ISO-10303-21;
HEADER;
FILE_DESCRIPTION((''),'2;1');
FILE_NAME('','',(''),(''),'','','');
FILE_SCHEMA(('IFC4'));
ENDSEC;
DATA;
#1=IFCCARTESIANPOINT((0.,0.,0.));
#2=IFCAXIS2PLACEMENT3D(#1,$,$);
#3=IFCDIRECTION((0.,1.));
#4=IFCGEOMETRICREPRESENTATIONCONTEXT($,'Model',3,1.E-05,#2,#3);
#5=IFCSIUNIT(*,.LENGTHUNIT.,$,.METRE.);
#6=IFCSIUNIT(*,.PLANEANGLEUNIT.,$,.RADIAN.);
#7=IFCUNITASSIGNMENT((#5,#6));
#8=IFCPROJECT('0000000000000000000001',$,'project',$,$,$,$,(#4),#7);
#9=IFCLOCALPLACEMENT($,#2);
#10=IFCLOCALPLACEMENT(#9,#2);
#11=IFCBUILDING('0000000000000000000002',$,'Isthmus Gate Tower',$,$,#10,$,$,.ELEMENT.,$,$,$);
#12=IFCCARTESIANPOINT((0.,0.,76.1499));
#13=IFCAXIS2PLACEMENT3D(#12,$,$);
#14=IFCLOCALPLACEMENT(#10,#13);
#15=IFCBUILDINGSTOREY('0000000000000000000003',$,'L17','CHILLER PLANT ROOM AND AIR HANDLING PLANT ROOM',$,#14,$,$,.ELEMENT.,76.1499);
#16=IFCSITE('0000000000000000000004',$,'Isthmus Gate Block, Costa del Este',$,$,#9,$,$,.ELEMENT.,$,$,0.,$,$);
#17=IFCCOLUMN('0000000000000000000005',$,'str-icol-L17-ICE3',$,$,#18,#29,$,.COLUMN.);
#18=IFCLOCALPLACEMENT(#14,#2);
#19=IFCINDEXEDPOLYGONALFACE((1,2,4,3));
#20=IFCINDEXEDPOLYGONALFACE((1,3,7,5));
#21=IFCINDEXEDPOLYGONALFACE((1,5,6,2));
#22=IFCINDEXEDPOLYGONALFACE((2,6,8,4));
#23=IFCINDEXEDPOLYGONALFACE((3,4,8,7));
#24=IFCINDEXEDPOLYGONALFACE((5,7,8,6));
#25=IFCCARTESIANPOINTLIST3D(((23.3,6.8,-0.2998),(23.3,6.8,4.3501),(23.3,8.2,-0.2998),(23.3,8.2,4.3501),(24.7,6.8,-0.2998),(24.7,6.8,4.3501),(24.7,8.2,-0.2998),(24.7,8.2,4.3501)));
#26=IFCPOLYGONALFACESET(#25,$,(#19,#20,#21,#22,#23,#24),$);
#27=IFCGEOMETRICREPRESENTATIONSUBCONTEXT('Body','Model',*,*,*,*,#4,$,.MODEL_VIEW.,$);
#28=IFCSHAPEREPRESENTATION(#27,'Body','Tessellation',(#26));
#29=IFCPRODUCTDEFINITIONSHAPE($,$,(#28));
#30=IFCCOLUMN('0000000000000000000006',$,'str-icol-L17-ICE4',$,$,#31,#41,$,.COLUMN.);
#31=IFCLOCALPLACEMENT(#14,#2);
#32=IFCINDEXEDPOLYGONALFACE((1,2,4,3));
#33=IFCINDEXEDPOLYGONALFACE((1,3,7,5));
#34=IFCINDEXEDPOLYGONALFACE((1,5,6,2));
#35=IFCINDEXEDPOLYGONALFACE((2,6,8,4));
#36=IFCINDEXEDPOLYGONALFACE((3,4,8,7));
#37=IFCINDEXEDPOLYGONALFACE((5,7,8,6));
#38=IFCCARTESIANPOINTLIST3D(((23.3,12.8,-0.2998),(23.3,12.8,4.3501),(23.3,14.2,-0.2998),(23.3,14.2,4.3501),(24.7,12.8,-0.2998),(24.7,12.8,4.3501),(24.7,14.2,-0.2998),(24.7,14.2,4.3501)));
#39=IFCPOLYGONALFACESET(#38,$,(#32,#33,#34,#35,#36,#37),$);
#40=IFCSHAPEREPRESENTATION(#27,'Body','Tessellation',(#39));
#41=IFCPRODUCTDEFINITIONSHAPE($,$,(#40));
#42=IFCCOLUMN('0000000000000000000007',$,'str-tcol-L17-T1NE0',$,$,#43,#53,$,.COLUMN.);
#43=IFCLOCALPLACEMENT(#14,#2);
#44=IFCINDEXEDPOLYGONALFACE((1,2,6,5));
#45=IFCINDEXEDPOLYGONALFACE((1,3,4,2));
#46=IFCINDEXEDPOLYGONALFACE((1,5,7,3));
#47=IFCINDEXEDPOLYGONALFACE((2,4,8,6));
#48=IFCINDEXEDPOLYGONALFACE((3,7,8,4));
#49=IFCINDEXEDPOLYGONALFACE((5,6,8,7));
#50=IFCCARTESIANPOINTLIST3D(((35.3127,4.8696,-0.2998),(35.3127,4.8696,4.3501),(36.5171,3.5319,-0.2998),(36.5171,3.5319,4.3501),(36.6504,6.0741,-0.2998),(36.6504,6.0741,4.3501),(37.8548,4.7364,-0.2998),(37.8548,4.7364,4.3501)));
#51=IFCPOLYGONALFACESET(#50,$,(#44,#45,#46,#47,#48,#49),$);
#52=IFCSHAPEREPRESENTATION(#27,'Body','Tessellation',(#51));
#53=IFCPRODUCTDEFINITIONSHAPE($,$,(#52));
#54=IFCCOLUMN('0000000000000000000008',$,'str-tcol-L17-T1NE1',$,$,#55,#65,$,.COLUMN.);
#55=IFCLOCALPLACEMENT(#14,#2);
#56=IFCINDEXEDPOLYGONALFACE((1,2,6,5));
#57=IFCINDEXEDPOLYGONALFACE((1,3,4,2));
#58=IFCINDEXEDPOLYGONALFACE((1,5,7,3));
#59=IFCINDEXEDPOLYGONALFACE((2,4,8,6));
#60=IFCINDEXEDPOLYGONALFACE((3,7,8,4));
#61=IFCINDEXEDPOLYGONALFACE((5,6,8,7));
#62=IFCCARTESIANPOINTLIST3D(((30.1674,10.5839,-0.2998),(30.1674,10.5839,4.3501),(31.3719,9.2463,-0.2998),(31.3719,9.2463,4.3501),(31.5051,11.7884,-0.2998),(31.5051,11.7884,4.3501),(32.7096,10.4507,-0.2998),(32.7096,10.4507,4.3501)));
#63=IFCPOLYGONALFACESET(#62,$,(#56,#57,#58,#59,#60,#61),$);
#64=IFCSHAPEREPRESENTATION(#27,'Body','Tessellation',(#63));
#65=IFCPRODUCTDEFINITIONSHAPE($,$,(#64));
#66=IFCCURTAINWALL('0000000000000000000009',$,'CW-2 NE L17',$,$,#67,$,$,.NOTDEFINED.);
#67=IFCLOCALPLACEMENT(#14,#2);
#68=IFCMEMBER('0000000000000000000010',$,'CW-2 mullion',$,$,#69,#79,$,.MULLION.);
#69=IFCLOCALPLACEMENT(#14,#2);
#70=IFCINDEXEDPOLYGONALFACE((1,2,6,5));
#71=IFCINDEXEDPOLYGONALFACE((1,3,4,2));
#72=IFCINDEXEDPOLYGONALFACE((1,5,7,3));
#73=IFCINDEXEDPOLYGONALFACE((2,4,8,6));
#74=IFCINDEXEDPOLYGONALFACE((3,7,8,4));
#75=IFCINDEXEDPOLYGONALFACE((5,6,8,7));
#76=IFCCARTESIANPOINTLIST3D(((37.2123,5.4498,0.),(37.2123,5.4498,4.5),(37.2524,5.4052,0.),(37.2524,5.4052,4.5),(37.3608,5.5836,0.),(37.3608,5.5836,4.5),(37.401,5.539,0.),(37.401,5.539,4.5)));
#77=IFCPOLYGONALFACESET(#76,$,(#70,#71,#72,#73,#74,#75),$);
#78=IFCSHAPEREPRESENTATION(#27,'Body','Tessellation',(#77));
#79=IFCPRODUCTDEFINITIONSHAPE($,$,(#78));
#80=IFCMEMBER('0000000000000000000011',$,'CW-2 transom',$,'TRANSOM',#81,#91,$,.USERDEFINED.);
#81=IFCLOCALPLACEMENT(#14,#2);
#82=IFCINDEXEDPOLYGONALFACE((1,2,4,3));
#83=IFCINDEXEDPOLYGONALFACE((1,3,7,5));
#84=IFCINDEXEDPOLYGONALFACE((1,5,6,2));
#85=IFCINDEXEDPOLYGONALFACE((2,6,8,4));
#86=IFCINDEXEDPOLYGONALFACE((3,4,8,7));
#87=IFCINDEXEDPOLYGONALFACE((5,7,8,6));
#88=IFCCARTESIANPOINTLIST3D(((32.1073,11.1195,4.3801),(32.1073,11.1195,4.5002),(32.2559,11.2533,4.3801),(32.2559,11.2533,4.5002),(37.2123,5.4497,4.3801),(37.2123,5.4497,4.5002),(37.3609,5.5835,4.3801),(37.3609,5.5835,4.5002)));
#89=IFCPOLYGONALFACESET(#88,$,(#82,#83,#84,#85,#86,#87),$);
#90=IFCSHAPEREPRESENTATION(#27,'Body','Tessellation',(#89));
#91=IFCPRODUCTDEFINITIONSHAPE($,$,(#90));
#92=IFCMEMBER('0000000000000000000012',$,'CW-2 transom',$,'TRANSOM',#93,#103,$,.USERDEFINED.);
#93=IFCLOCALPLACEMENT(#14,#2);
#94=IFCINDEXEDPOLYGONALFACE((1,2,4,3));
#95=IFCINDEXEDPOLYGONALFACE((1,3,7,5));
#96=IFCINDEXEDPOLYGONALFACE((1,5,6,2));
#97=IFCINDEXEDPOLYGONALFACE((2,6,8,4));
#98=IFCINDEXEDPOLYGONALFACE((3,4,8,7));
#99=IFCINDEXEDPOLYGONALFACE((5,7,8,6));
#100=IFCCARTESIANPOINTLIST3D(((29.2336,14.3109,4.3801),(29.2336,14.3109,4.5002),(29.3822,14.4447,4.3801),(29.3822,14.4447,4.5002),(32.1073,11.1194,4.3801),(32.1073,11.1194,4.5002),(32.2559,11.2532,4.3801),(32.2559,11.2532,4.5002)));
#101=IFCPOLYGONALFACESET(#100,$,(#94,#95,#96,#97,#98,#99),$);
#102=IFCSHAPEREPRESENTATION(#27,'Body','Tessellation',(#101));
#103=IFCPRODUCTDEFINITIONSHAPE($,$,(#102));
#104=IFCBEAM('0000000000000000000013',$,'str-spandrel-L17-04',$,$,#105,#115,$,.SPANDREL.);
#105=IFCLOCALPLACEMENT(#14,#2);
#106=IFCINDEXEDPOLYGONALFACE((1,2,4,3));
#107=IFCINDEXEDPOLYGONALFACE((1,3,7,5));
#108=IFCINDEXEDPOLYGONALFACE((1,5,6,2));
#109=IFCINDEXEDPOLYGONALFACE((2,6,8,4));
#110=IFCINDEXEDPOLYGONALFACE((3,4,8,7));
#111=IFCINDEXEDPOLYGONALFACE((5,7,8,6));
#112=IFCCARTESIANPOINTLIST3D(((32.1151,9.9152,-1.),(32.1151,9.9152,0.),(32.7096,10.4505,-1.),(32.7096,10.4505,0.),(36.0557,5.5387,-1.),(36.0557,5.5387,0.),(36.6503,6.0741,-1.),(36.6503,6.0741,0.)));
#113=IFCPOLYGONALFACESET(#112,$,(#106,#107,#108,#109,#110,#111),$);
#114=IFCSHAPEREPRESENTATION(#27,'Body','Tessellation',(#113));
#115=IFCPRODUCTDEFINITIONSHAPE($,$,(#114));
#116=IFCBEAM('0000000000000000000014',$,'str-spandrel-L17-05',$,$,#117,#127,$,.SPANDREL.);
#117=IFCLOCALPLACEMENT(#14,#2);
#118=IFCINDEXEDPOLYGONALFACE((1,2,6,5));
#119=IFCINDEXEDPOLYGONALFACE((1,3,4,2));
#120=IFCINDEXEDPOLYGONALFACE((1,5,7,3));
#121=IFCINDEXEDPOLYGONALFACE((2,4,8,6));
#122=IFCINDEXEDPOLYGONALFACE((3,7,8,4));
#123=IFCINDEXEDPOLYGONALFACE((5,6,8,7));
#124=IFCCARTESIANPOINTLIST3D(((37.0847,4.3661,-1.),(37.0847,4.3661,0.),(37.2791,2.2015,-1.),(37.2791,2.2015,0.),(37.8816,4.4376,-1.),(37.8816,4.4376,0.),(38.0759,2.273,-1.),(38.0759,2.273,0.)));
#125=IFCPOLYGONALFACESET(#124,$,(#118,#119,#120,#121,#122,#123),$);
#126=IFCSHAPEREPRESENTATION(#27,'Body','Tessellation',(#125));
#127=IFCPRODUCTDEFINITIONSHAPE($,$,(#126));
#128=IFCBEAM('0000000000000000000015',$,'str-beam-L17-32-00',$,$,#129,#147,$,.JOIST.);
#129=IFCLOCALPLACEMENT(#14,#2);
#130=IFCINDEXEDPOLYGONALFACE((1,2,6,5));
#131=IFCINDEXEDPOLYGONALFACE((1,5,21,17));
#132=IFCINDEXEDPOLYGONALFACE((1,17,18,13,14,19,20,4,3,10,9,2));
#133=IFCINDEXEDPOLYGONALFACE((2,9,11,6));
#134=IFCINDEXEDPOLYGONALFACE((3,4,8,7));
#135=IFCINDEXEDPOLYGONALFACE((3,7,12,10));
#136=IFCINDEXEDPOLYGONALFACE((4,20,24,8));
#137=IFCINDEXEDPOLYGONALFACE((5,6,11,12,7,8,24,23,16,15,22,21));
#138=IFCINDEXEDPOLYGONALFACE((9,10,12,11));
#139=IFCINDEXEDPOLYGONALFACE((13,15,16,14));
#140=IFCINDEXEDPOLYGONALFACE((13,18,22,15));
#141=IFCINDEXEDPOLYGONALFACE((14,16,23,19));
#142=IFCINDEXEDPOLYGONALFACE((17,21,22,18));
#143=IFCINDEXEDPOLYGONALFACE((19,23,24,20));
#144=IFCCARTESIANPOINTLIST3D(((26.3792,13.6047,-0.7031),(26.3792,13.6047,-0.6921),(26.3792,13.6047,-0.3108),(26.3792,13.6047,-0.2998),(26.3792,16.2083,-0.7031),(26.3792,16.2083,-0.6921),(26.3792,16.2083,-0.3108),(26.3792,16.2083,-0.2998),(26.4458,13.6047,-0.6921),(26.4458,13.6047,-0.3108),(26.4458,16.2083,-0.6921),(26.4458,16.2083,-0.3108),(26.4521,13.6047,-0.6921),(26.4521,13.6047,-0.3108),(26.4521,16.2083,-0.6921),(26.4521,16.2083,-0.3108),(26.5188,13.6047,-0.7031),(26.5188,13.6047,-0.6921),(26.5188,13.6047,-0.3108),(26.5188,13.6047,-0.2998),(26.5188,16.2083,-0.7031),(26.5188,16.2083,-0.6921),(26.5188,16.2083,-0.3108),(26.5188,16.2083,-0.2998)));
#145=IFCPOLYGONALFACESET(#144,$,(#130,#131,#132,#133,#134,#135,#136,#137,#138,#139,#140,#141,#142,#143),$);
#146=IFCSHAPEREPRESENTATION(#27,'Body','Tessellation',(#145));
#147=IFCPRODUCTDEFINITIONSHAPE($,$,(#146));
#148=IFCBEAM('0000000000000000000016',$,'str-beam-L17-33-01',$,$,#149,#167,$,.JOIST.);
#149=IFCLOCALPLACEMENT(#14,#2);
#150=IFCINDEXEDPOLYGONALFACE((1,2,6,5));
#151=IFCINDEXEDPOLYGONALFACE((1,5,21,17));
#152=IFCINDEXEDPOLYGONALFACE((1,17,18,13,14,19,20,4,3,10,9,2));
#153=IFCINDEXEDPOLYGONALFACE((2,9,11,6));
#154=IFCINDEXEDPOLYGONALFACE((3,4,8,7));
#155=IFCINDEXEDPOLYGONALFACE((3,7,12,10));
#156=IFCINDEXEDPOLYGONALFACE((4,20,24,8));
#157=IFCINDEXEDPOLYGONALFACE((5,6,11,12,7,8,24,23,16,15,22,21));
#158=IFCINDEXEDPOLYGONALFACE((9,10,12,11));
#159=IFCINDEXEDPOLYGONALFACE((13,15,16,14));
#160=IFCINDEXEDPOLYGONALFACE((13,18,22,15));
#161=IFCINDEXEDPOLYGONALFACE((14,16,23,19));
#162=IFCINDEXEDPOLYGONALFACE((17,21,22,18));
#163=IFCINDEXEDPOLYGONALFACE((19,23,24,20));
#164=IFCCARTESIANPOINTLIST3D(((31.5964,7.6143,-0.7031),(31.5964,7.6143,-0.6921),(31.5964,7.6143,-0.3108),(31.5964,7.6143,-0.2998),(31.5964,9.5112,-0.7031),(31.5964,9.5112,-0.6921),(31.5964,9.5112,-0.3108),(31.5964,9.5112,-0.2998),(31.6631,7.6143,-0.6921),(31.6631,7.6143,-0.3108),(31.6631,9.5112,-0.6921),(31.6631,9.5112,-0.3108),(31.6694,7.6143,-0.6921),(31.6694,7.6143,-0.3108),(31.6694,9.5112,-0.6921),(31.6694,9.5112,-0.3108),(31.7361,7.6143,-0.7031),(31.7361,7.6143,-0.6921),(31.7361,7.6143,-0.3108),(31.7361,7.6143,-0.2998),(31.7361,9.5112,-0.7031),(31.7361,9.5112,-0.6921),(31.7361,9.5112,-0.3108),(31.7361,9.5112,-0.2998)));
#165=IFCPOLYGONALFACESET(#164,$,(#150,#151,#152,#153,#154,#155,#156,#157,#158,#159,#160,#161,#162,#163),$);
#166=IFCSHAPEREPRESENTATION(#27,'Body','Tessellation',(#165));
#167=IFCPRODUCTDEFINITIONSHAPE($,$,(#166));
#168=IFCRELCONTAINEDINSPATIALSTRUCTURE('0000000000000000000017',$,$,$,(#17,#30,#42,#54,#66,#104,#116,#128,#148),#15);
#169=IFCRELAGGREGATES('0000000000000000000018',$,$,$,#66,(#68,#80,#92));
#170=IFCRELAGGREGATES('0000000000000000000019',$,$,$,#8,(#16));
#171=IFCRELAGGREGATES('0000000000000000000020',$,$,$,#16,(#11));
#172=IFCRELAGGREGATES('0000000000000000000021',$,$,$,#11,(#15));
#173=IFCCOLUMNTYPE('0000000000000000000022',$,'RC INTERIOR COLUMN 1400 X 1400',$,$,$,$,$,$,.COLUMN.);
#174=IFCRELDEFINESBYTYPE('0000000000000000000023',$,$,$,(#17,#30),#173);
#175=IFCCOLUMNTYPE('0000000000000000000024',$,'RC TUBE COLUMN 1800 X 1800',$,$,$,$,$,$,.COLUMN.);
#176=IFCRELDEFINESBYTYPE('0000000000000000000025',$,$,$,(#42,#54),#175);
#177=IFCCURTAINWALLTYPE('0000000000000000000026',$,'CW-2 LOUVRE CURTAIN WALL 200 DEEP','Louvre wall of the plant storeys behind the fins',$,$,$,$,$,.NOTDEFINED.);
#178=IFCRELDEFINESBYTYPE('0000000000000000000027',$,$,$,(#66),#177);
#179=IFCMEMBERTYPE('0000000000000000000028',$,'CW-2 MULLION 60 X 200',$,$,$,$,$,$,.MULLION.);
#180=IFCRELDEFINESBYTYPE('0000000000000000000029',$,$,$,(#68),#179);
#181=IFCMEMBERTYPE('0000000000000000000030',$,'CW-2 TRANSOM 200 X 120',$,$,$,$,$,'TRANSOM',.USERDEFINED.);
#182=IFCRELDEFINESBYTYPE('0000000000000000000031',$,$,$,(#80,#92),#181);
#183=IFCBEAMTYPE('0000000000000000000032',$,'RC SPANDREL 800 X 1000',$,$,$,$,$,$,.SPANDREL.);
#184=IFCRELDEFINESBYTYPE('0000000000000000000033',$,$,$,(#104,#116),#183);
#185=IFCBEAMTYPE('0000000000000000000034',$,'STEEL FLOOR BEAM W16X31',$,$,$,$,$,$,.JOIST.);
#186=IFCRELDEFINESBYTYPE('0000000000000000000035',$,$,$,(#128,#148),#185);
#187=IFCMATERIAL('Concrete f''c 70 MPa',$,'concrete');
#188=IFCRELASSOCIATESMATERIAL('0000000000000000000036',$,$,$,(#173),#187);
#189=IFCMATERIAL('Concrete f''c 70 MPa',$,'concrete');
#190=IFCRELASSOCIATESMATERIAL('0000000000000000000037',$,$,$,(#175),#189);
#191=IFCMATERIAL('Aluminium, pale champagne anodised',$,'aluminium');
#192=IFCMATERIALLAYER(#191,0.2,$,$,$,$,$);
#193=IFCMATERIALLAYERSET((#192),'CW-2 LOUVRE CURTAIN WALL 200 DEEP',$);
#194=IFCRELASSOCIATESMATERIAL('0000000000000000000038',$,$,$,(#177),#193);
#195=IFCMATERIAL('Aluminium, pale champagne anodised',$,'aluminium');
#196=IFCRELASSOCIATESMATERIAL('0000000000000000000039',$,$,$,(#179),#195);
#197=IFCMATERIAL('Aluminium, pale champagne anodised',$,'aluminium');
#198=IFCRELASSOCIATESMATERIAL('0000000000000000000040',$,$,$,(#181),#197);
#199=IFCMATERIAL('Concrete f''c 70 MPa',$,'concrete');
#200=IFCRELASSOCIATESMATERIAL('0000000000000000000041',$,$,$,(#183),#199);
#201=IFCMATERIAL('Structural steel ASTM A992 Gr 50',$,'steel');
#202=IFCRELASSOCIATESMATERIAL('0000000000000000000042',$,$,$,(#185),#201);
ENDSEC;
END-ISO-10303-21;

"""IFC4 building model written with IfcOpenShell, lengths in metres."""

from ifc_helpers import new_model, si_unit, direction, frame, origin, origin_2d, place, context, subcontext, project, spatial, rectangle, i_section, extrude, material, layer, layer_set, material_profile, profile_set, type_object, element, aggregate, save


model = new_model("IFC4")

# Units and contexts
model_context = context("Model", 3, precision=1e-05, world=origin(), true_north=direction((0.0, 1.0)))
body_context = subcontext(model_context, "Body", "Model", "MODEL_VIEW")
ifc_project = project(units=[si_unit("LENGTHUNIT", "METRE"), si_unit("PLANEANGLEUNIT", "RADIAN")], contexts=[model_context])

# Site, building, storey
site_placement = place(None, origin())
site = spatial("IfcSite", under=ifc_project, at=site_placement, Name="Isthmus Gate Block, Costa del Este", CompositionType="ELEMENT", RefElevation=0.0)
building_placement = place(site_placement, origin())
building = spatial("IfcBuilding", under=site, at=building_placement, Name="Isthmus Gate Tower", CompositionType="ELEMENT")
storey_placement = place(building_placement, frame((0.0, 0.0, 76.1499)))
storey = spatial("IfcBuildingStorey", under=building, at=storey_placement, Name="L17", Description="CHILLER PLANT ROOM AND AIR HANDLING PLANT ROOM", CompositionType="ELEMENT", Elevation=76.1499)

# Columns
ifc_material_1 = material(Name="Concrete f'c 70 MPa", Category="concrete")
ifc_material_profile_1 = material_profile(ifc_material_1, rectangle(XDim=1.3999, YDim=1.3999, at=origin_2d()), Name="RC 1400X1400")
ifc_profile_set_1 = profile_set([ifc_material_profile_1], Name="Concrete f'c 70 MPa")
column_type_1 = type_object("IfcColumnType", Name="RC INTERIOR COLUMN 1400 X 1400", PredefinedType="COLUMN", material=ifc_profile_set_1)
for number, where, z_axis, x_axis, name in (
    (1, (24.0, 7.5, -0.2998), (0.0, 0.0, 1.0), (1.0, 0.0, 0.0), "str-icol-L17-ICE3"),
    (2, (24.0, 13.5, -0.2998), (0.0, 0.0, 1.0), (1.0, 0.0, 0.0), "str-icol-L17-ICE4"),
):
    element("IfcColumn", number, at=place(storey_placement, frame(where, z_axis=z_axis, x_axis=x_axis)), inside=storey, type_object=column_type_1, Name=name, PredefinedType="COLUMN", context=body_context, shape_type="SweptSolid", body=[
        extrude(rectangle(XDim=1.3999, YDim=1.3999, at=origin_2d()), origin(), (0.0, 0.0, 1.0), 4.6499),
    ])
ifc_material_2 = material(Name="Concrete f'c 70 MPa", Category="concrete")
ifc_material_profile_2 = material_profile(ifc_material_2, rectangle(XDim=1.8, YDim=1.8, at=origin_2d()), Name="RC 1800X1800")
ifc_profile_set_2 = profile_set([ifc_material_profile_2], Name="Concrete f'c 70 MPa")
column_type_2 = type_object("IfcColumnType", Name="RC TUBE COLUMN 1800 X 1800", PredefinedType="COLUMN", material=ifc_profile_set_2)
for number, where, z_axis, x_axis, name in (
    (3, (36.5837, 4.803, -0.2998), (0.0, 0.0, 1.0), (-0.669131, 0.743145, 0.0), "str-tcol-L17-T1NE0"),
    (4, (31.4385, 10.5173, -0.2998), (0.0, 0.0, 1.0), (-0.669131, 0.743145, 0.0), "str-tcol-L17-T1NE1"),
):
    element("IfcColumn", number, at=place(storey_placement, frame(where, z_axis=z_axis, x_axis=x_axis)), inside=storey, type_object=column_type_2, Name=name, PredefinedType="COLUMN", context=body_context, shape_type="SweptSolid", body=[
        extrude(rectangle(XDim=1.8, YDim=1.8, at=origin_2d()), origin(), (0.0, 0.0, 1.0), 4.6499),
    ])

# Curtain wall, members
ifc_material_3 = material(Name="Aluminium, pale champagne anodised", Category="aluminium")
ifc_layer_1 = layer(ifc_material_3, 0.2)
ifc_layer_set_1 = layer_set([ifc_layer_1], Name="CW-2 LOUVRE CURTAIN WALL 200 DEEP")
curtain_wall_type = type_object("IfcCurtainWallType", Name="CW-2 LOUVRE CURTAIN WALL 200 DEEP", Description="Louvre wall of the plant storeys behind the fins", PredefinedType="NOTDEFINED", material=ifc_layer_set_1)
curtain_wall_1_placement = place(storey_placement, origin())
curtain_wall_1 = element("IfcCurtainWall", 5, at=curtain_wall_1_placement, inside=storey, type_object=curtain_wall_type, Name="CW-2 NE L17", PredefinedType="NOTDEFINED")
ifc_material_4 = material(Name="Aluminium, pale champagne anodised", Category="aluminium")
ifc_material_profile_3 = material_profile(ifc_material_4, rectangle(XDim=0.0601, YDim=0.2, at=origin_2d()), Name="60x200")
ifc_profile_set_3 = profile_set([ifc_material_profile_3], Name="Aluminium, pale champagne anodised")
member_type_1 = type_object("IfcMemberType", Name="CW-2 MULLION 60 X 200", PredefinedType="MULLION", material=ifc_profile_set_3)
member_1_placement = place(storey_placement, frame((37.3066, 5.4944, 0.0), z_axis=(0.0, 0.0, 1.0), x_axis=(-0.669131, 0.743145, 0.0)))
member_1 = element("IfcMember", 6, at=member_1_placement, type_object=member_type_1, Name="CW-2 mullion", PredefinedType="MULLION", context=body_context, shape_type="SweptSolid", body=[
    extrude(rectangle(XDim=0.0601, YDim=0.2, at=origin_2d()), origin(), (0.0, 0.0, 1.0), 4.5),
])
ifc_material_5 = material(Name="Aluminium, pale champagne anodised", Category="aluminium")
ifc_material_profile_4 = material_profile(ifc_material_5, rectangle(XDim=0.2, YDim=0.1201, at=origin_2d()), Name="200x120")
ifc_profile_set_4 = profile_set([ifc_material_profile_4], Name="Aluminium, pale champagne anodised")
member_type_2 = type_object("IfcMemberType", Name="CW-2 TRANSOM 200 X 120", ElementType="TRANSOM", PredefinedType="USERDEFINED", material=ifc_profile_set_4)
member_2_placement = place(storey_placement, frame((37.2866, 5.5166, 4.4402), z_axis=(-0.669129, 0.743146, 0.0), x_axis=(-0.743146, -0.669129, 0.0)))
member_2 = element("IfcMember", 7, at=member_2_placement, type_object=member_type_2, Name="CW-2 transom", ObjectType="TRANSOM", PredefinedType="USERDEFINED", context=body_context, shape_type="SweptSolid", body=[
    extrude(rectangle(XDim=0.2, YDim=0.1201, at=origin_2d()), origin(), (0.0, 0.0, 1.0), 7.6294),
])
member_3_placement = place(storey_placement, frame((32.1816, 11.1863, 4.4402), z_axis=(-0.669131, 0.743144, 0.0), x_axis=(-0.743144, -0.669131, 0.0)))
member_3 = element("IfcMember", 8, at=member_3_placement, type_object=member_type_2, Name="CW-2 transom", ObjectType="TRANSOM", PredefinedType="USERDEFINED", context=body_context, shape_type="SweptSolid", body=[
    extrude(rectangle(XDim=0.2, YDim=0.1201, at=origin_2d()), origin(), (0.0, 0.0, 1.0), 4.2947),
])

# Beams
ifc_material_6 = material(Name="Concrete f'c 70 MPa", Category="concrete")
ifc_material_profile_5 = material_profile(ifc_material_6, rectangle(XDim=0.8, YDim=1.0, at=origin_2d()), Name="RC 800X1000")
ifc_profile_set_5 = profile_set([ifc_material_profile_5], Name="Concrete f'c 70 MPa")
beam_type_1 = type_object("IfcBeamType", Name="RC SPANDREL 800 X 1000", PredefinedType="SPANDREL", material=ifc_profile_set_5)
beam_1_placement = place(storey_placement, frame((32.4124, 10.1829, -0.5), z_axis=(0.669139, -0.743137, 0.0), x_axis=(0.743137, 0.669139, 0.0)))
element("IfcBeam", 9, at=beam_1_placement, inside=storey, type_object=beam_type_1, Name="str-spandrel-L17-04", PredefinedType="SPANDREL", context=body_context, shape_type="SweptSolid", body=[
    extrude(rectangle(XDim=0.8, YDim=1.0, at=origin_2d()), origin(), (0.0, 0.0, 1.0), 5.8892),
])
beam_2_placement = place(storey_placement, frame((37.4832, 4.4019, -0.5), z_axis=(0.089422, -0.995994, 0.0), x_axis=(0.995994, 0.089422, 0.0)))
element("IfcBeam", 10, at=beam_2_placement, inside=storey, type_object=beam_type_1, Name="str-spandrel-L17-05", PredefinedType="SPANDREL", context=body_context, shape_type="SweptSolid", body=[
    extrude(rectangle(XDim=0.8, YDim=1.0, at=origin_2d()), origin(), (0.0, 0.0, 1.0), 2.1733),
])
ifc_material_7 = material(Name="Structural steel ASTM A992 Gr 50", Category="steel")
ifc_material_profile_6 = material_profile(ifc_material_7, i_section(OverallWidth=0.1396, OverallDepth=0.4033, WebThickness=0.0063, FlangeThickness=0.011, at=origin_2d()), Name="W16X31")
ifc_profile_set_6 = profile_set([ifc_material_profile_6], Name="Structural steel ASTM A992 Gr 50")
beam_type_2 = type_object("IfcBeamType", Name="STEEL FLOOR BEAM W16X31", PredefinedType="JOIST", material=ifc_profile_set_6)
beam_3_placement = place(storey_placement, frame((26.449, 13.6047, -0.5015), z_axis=(0.0, 1.0, 0.0), x_axis=(-1.0, 0.0, 0.0)))
element("IfcBeam", 11, at=beam_3_placement, inside=storey, type_object=beam_type_2, Name="str-beam-L17-32-00", PredefinedType="JOIST", context=body_context, shape_type="SweptSolid", body=[
    extrude(i_section(OverallWidth=0.1396, OverallDepth=0.4033, WebThickness=0.0063, FlangeThickness=0.011, at=origin_2d()), origin(), (0.0, 0.0, 1.0), 2.6035),
])
beam_4_placement = place(storey_placement, frame((31.6663, 7.6143, -0.5015), z_axis=(0.0, 1.0, 0.0), x_axis=(-1.0, 0.0, 0.0)))
element("IfcBeam", 12, at=beam_4_placement, inside=storey, type_object=beam_type_2, Name="str-beam-L17-33-01", PredefinedType="JOIST", context=body_context, shape_type="SweptSolid", body=[
    extrude(i_section(OverallWidth=0.1396, OverallDepth=0.4033, WebThickness=0.0063, FlangeThickness=0.011, at=origin_2d()), origin(), (0.0, 0.0, 1.0), 1.897),
])

aggregate(curtain_wall_1, [member_1, member_2, member_3])

save(model, "model.ifc")
